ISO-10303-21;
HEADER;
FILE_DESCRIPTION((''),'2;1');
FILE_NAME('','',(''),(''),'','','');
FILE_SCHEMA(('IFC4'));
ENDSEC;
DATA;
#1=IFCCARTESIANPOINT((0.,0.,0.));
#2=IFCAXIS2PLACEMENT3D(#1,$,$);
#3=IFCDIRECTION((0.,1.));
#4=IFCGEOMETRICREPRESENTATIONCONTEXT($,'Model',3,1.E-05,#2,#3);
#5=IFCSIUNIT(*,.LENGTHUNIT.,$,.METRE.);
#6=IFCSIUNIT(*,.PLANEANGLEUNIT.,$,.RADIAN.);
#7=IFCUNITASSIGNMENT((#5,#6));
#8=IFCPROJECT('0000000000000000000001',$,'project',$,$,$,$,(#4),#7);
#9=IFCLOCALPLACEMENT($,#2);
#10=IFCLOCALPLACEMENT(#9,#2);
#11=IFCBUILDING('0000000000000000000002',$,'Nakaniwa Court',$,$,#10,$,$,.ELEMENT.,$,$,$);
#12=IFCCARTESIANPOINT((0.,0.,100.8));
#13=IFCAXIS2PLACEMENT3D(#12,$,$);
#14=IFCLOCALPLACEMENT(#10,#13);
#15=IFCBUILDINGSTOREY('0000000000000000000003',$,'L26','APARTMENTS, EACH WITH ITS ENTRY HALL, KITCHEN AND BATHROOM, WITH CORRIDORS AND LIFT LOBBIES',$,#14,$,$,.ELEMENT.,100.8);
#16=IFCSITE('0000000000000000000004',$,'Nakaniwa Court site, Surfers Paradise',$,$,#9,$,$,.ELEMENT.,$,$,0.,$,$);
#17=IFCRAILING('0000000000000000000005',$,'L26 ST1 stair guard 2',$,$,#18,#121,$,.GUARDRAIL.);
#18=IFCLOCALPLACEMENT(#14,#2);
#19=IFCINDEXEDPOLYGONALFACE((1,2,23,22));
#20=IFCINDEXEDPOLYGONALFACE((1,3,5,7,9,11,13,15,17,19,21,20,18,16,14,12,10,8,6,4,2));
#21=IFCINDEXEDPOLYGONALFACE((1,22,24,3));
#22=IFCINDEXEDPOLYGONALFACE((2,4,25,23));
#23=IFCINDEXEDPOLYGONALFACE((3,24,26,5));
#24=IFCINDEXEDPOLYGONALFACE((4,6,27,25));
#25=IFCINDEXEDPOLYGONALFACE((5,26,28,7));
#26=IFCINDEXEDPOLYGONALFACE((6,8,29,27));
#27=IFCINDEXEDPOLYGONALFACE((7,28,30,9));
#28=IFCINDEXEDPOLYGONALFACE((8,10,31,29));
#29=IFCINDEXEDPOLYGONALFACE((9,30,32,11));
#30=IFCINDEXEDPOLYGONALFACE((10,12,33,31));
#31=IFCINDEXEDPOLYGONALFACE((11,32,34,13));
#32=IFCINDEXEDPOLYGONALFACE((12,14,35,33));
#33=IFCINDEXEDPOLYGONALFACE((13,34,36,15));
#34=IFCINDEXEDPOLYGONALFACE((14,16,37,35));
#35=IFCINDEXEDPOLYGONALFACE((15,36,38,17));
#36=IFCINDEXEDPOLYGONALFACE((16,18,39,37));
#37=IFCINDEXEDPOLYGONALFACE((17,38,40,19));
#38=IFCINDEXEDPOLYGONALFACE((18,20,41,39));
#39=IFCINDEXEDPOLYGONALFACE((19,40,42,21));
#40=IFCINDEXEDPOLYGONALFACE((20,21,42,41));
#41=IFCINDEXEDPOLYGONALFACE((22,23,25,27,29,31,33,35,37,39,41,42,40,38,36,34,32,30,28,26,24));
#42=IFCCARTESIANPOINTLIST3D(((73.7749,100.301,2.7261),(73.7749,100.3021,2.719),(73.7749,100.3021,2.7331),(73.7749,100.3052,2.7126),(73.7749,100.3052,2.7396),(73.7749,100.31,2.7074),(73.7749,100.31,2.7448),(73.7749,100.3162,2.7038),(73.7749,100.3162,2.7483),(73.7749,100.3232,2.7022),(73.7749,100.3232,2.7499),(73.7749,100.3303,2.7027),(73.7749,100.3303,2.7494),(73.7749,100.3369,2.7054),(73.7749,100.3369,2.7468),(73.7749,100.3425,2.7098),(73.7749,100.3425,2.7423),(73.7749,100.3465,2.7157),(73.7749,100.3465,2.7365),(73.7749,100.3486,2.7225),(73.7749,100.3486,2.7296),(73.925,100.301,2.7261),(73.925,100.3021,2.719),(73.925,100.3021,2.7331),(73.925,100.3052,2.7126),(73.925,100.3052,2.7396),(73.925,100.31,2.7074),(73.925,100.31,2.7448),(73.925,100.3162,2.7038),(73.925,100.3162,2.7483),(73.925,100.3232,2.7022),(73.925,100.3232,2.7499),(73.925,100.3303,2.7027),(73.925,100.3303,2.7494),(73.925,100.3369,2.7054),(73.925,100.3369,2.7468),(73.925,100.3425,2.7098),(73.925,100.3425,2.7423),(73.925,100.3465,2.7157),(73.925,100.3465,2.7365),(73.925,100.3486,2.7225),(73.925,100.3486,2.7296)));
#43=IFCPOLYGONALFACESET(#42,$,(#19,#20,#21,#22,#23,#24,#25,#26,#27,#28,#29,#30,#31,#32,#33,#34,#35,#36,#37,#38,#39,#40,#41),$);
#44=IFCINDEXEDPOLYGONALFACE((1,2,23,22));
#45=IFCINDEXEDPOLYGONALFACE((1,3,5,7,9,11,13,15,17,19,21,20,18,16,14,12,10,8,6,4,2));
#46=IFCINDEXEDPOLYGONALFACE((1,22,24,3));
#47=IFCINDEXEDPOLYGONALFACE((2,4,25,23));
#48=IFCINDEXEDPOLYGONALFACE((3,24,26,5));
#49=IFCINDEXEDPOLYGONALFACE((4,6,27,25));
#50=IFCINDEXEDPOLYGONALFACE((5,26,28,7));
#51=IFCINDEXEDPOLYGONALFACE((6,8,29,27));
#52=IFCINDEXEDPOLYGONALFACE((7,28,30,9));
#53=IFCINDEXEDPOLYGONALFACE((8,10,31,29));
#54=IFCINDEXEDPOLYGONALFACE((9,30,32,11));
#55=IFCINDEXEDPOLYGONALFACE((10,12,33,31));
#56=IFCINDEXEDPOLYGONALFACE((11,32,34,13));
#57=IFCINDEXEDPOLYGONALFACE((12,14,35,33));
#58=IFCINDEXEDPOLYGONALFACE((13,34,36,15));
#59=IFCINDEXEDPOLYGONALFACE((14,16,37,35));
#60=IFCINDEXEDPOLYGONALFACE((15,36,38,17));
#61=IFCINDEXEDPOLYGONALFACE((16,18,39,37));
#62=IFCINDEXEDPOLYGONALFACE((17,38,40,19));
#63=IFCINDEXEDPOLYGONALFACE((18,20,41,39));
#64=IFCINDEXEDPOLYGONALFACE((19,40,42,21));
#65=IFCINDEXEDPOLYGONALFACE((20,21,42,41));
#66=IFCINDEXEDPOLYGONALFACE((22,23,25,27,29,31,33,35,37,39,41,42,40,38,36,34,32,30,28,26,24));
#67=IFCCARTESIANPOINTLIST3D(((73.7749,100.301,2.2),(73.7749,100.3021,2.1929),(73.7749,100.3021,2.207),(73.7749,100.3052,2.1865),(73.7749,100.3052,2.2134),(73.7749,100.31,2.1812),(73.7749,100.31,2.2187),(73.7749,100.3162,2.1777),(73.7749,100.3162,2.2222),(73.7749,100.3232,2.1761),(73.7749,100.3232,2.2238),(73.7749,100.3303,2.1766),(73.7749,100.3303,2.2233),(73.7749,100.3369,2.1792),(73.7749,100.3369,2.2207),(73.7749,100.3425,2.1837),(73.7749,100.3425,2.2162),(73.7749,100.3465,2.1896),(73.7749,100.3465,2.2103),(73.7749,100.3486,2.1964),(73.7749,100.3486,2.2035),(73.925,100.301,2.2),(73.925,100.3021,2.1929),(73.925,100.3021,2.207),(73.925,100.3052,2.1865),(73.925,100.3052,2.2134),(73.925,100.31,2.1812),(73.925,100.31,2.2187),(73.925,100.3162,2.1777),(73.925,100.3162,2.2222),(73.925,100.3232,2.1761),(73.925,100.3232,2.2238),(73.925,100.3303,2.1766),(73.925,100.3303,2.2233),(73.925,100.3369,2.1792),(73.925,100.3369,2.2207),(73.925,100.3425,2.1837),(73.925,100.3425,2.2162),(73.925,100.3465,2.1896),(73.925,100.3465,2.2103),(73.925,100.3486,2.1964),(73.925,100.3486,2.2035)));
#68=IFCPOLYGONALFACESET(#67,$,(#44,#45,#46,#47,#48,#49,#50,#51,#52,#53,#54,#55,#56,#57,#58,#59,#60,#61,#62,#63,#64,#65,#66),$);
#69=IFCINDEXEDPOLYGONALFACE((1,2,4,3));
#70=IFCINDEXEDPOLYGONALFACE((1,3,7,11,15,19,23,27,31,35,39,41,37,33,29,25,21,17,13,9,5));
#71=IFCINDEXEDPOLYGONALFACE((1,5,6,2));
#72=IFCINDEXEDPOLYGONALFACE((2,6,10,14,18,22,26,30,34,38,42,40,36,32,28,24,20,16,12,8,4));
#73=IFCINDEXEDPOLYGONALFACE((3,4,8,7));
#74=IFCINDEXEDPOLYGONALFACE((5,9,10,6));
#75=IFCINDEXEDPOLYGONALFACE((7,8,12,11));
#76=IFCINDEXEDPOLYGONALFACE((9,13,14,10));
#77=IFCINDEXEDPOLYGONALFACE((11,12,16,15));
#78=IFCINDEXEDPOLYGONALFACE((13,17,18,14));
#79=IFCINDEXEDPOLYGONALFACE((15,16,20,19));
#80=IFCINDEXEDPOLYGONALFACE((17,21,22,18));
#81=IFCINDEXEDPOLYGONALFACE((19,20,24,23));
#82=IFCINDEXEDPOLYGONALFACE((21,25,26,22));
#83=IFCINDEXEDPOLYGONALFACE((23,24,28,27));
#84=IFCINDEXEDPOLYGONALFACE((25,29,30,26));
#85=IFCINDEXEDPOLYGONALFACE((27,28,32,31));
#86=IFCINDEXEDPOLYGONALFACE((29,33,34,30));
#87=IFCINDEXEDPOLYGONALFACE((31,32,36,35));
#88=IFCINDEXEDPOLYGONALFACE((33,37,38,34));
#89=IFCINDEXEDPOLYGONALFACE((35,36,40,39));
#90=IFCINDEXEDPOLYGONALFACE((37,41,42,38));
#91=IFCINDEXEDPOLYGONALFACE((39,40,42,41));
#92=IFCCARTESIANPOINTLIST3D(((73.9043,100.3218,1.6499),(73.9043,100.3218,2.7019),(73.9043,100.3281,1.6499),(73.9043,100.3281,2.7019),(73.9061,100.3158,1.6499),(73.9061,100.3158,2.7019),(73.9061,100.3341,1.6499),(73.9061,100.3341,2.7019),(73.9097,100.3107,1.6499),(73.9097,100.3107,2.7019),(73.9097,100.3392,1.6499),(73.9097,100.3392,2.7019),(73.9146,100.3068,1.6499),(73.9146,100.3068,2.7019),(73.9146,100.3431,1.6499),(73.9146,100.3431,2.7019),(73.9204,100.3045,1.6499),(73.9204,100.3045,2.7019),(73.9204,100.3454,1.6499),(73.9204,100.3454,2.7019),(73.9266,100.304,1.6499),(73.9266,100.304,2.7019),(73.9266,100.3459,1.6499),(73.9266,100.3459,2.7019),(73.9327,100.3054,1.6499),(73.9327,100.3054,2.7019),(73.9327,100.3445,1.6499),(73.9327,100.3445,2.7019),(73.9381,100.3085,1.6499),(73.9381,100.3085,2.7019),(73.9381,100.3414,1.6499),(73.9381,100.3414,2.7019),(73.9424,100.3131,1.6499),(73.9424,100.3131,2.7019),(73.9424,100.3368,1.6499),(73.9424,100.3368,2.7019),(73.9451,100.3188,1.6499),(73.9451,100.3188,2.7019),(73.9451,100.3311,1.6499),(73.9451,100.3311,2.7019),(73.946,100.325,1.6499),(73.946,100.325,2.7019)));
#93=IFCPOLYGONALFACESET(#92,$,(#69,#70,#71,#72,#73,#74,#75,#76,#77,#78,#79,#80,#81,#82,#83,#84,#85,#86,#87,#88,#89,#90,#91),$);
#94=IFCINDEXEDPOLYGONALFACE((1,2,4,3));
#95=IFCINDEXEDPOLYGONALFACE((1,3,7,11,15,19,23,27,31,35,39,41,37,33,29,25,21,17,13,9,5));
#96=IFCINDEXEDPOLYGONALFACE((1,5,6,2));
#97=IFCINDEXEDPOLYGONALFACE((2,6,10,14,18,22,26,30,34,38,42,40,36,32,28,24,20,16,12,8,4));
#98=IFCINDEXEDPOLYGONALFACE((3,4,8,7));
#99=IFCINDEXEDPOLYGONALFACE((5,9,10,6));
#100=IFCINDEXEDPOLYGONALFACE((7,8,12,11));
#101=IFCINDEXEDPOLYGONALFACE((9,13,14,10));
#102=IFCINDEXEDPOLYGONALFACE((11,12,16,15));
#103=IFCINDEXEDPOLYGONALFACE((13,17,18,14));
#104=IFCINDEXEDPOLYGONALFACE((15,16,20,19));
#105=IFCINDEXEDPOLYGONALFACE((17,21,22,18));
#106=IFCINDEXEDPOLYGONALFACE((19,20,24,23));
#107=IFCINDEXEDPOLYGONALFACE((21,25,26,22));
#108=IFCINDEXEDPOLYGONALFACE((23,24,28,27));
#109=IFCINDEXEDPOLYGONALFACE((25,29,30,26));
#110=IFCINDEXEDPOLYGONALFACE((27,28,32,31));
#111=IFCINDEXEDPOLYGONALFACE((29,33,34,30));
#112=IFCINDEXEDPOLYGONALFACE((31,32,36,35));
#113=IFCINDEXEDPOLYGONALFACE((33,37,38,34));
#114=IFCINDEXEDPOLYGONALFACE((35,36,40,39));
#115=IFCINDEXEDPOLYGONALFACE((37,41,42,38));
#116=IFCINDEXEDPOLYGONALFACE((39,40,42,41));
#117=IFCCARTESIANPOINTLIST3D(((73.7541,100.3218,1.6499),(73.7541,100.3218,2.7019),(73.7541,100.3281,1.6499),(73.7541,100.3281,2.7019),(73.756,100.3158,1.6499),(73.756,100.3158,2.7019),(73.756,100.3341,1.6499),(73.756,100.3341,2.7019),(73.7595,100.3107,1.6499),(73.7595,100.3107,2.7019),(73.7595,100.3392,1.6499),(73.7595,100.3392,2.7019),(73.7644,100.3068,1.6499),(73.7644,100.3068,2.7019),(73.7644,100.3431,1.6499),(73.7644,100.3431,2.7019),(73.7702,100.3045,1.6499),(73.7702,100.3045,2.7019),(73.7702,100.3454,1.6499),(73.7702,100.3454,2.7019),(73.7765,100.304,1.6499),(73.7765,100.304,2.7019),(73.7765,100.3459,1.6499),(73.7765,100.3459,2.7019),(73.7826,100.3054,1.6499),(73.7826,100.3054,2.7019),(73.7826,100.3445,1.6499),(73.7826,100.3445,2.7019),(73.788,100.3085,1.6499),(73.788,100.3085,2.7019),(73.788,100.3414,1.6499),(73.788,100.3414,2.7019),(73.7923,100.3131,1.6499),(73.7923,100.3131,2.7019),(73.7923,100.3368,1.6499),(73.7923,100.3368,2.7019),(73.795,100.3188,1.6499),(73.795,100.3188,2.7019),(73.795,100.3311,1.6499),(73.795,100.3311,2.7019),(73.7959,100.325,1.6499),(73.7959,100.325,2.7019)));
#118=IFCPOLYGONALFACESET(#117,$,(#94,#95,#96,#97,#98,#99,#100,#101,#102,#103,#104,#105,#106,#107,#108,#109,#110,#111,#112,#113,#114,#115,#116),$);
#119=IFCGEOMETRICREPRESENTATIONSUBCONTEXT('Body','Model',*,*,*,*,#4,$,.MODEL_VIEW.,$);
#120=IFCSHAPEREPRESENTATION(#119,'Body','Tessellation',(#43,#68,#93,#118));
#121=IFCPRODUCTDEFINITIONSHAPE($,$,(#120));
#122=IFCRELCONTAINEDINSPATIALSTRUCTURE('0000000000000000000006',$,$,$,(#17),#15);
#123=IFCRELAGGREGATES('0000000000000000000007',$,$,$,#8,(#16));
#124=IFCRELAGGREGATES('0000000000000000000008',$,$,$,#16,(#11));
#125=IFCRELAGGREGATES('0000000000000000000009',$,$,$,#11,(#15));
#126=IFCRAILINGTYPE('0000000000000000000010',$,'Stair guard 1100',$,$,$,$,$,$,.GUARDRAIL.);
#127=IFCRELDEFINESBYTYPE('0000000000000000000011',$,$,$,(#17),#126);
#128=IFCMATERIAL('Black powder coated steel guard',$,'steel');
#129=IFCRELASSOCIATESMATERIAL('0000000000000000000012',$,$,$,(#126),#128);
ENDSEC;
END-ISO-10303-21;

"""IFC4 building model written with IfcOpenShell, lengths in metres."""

from ifc_helpers import new_model, si_unit, direction, frame, origin, origin_2d, place, context, subcontext, project, spatial, circle, extrude, material, type_object, element, save


model = new_model("IFC4")

# Units and contexts
model_context = context("Model", 3, precision=1e-05, world=origin(), true_north=direction((0.0, 1.0)))
body_context = subcontext(model_context, "Body", "Model", "MODEL_VIEW")
ifc_project = project(units=[si_unit("LENGTHUNIT", "METRE"), si_unit("PLANEANGLEUNIT", "RADIAN")], contexts=[model_context])

# Site, building, storey
site_placement = place(None, origin())
site = spatial("IfcSite", under=ifc_project, at=site_placement, Name="Nakaniwa Court site, Surfers Paradise", CompositionType="ELEMENT", RefElevation=0.0)
building_placement = place(site_placement, origin())
building = spatial("IfcBuilding", under=site, at=building_placement, Name="Nakaniwa Court", CompositionType="ELEMENT")
storey_placement = place(building_placement, frame((0.0, 0.0, 100.8)))
storey = spatial("IfcBuildingStorey", under=building, at=storey_placement, Name="L26", Description="APARTMENTS, EACH WITH ITS ENTRY HALL, KITCHEN AND BATHROOM, WITH CORRIDORS AND LIFT LOBBIES", CompositionType="ELEMENT", Elevation=100.8)

# Railing
ifc_material_1 = material(Name="Black powder coated steel guard", Category="steel")
railing_type_1 = type_object("IfcRailingType", Name="Stair guard 1100", PredefinedType="GUARDRAIL", material=ifc_material_1)
railing_1_placement = place(storey_placement, frame((73.925, 100.325, 1.6499)))
element("IfcRailing", 1, at=railing_1_placement, inside=storey, type_object=railing_type_1, Name="L26 ST1 stair guard 2", PredefinedType="GUARDRAIL", context=body_context, shape_type="SweptSolid", body=[
    extrude(circle(Radius=0.0239, at=origin_2d()), frame((0.0, 0.0, 1.0762), z_axis=(-1.0, 0.0, 0.0), x_axis=(0.0, -1.0, 0.0)), (0.0, 0.0, 1.0), 0.1501),
    extrude(circle(Radius=0.0239, at=origin_2d()), frame((0.0, 0.0, 0.55), z_axis=(-1.0, 0.0, 0.0), x_axis=(0.0, -1.0, 0.0)), (0.0, 0.0, 1.0), 0.1501),
    extrude(circle(Radius=0.021, at=origin_2d()), origin(), (0.0, 0.0, 1.0), 1.052),
    extrude(circle(Radius=0.021, at=origin_2d()), frame((-0.1501, 0.0, 0.0)), (0.0, 0.0, 1.0), 1.052),
])

save(model, "model.ifc")
